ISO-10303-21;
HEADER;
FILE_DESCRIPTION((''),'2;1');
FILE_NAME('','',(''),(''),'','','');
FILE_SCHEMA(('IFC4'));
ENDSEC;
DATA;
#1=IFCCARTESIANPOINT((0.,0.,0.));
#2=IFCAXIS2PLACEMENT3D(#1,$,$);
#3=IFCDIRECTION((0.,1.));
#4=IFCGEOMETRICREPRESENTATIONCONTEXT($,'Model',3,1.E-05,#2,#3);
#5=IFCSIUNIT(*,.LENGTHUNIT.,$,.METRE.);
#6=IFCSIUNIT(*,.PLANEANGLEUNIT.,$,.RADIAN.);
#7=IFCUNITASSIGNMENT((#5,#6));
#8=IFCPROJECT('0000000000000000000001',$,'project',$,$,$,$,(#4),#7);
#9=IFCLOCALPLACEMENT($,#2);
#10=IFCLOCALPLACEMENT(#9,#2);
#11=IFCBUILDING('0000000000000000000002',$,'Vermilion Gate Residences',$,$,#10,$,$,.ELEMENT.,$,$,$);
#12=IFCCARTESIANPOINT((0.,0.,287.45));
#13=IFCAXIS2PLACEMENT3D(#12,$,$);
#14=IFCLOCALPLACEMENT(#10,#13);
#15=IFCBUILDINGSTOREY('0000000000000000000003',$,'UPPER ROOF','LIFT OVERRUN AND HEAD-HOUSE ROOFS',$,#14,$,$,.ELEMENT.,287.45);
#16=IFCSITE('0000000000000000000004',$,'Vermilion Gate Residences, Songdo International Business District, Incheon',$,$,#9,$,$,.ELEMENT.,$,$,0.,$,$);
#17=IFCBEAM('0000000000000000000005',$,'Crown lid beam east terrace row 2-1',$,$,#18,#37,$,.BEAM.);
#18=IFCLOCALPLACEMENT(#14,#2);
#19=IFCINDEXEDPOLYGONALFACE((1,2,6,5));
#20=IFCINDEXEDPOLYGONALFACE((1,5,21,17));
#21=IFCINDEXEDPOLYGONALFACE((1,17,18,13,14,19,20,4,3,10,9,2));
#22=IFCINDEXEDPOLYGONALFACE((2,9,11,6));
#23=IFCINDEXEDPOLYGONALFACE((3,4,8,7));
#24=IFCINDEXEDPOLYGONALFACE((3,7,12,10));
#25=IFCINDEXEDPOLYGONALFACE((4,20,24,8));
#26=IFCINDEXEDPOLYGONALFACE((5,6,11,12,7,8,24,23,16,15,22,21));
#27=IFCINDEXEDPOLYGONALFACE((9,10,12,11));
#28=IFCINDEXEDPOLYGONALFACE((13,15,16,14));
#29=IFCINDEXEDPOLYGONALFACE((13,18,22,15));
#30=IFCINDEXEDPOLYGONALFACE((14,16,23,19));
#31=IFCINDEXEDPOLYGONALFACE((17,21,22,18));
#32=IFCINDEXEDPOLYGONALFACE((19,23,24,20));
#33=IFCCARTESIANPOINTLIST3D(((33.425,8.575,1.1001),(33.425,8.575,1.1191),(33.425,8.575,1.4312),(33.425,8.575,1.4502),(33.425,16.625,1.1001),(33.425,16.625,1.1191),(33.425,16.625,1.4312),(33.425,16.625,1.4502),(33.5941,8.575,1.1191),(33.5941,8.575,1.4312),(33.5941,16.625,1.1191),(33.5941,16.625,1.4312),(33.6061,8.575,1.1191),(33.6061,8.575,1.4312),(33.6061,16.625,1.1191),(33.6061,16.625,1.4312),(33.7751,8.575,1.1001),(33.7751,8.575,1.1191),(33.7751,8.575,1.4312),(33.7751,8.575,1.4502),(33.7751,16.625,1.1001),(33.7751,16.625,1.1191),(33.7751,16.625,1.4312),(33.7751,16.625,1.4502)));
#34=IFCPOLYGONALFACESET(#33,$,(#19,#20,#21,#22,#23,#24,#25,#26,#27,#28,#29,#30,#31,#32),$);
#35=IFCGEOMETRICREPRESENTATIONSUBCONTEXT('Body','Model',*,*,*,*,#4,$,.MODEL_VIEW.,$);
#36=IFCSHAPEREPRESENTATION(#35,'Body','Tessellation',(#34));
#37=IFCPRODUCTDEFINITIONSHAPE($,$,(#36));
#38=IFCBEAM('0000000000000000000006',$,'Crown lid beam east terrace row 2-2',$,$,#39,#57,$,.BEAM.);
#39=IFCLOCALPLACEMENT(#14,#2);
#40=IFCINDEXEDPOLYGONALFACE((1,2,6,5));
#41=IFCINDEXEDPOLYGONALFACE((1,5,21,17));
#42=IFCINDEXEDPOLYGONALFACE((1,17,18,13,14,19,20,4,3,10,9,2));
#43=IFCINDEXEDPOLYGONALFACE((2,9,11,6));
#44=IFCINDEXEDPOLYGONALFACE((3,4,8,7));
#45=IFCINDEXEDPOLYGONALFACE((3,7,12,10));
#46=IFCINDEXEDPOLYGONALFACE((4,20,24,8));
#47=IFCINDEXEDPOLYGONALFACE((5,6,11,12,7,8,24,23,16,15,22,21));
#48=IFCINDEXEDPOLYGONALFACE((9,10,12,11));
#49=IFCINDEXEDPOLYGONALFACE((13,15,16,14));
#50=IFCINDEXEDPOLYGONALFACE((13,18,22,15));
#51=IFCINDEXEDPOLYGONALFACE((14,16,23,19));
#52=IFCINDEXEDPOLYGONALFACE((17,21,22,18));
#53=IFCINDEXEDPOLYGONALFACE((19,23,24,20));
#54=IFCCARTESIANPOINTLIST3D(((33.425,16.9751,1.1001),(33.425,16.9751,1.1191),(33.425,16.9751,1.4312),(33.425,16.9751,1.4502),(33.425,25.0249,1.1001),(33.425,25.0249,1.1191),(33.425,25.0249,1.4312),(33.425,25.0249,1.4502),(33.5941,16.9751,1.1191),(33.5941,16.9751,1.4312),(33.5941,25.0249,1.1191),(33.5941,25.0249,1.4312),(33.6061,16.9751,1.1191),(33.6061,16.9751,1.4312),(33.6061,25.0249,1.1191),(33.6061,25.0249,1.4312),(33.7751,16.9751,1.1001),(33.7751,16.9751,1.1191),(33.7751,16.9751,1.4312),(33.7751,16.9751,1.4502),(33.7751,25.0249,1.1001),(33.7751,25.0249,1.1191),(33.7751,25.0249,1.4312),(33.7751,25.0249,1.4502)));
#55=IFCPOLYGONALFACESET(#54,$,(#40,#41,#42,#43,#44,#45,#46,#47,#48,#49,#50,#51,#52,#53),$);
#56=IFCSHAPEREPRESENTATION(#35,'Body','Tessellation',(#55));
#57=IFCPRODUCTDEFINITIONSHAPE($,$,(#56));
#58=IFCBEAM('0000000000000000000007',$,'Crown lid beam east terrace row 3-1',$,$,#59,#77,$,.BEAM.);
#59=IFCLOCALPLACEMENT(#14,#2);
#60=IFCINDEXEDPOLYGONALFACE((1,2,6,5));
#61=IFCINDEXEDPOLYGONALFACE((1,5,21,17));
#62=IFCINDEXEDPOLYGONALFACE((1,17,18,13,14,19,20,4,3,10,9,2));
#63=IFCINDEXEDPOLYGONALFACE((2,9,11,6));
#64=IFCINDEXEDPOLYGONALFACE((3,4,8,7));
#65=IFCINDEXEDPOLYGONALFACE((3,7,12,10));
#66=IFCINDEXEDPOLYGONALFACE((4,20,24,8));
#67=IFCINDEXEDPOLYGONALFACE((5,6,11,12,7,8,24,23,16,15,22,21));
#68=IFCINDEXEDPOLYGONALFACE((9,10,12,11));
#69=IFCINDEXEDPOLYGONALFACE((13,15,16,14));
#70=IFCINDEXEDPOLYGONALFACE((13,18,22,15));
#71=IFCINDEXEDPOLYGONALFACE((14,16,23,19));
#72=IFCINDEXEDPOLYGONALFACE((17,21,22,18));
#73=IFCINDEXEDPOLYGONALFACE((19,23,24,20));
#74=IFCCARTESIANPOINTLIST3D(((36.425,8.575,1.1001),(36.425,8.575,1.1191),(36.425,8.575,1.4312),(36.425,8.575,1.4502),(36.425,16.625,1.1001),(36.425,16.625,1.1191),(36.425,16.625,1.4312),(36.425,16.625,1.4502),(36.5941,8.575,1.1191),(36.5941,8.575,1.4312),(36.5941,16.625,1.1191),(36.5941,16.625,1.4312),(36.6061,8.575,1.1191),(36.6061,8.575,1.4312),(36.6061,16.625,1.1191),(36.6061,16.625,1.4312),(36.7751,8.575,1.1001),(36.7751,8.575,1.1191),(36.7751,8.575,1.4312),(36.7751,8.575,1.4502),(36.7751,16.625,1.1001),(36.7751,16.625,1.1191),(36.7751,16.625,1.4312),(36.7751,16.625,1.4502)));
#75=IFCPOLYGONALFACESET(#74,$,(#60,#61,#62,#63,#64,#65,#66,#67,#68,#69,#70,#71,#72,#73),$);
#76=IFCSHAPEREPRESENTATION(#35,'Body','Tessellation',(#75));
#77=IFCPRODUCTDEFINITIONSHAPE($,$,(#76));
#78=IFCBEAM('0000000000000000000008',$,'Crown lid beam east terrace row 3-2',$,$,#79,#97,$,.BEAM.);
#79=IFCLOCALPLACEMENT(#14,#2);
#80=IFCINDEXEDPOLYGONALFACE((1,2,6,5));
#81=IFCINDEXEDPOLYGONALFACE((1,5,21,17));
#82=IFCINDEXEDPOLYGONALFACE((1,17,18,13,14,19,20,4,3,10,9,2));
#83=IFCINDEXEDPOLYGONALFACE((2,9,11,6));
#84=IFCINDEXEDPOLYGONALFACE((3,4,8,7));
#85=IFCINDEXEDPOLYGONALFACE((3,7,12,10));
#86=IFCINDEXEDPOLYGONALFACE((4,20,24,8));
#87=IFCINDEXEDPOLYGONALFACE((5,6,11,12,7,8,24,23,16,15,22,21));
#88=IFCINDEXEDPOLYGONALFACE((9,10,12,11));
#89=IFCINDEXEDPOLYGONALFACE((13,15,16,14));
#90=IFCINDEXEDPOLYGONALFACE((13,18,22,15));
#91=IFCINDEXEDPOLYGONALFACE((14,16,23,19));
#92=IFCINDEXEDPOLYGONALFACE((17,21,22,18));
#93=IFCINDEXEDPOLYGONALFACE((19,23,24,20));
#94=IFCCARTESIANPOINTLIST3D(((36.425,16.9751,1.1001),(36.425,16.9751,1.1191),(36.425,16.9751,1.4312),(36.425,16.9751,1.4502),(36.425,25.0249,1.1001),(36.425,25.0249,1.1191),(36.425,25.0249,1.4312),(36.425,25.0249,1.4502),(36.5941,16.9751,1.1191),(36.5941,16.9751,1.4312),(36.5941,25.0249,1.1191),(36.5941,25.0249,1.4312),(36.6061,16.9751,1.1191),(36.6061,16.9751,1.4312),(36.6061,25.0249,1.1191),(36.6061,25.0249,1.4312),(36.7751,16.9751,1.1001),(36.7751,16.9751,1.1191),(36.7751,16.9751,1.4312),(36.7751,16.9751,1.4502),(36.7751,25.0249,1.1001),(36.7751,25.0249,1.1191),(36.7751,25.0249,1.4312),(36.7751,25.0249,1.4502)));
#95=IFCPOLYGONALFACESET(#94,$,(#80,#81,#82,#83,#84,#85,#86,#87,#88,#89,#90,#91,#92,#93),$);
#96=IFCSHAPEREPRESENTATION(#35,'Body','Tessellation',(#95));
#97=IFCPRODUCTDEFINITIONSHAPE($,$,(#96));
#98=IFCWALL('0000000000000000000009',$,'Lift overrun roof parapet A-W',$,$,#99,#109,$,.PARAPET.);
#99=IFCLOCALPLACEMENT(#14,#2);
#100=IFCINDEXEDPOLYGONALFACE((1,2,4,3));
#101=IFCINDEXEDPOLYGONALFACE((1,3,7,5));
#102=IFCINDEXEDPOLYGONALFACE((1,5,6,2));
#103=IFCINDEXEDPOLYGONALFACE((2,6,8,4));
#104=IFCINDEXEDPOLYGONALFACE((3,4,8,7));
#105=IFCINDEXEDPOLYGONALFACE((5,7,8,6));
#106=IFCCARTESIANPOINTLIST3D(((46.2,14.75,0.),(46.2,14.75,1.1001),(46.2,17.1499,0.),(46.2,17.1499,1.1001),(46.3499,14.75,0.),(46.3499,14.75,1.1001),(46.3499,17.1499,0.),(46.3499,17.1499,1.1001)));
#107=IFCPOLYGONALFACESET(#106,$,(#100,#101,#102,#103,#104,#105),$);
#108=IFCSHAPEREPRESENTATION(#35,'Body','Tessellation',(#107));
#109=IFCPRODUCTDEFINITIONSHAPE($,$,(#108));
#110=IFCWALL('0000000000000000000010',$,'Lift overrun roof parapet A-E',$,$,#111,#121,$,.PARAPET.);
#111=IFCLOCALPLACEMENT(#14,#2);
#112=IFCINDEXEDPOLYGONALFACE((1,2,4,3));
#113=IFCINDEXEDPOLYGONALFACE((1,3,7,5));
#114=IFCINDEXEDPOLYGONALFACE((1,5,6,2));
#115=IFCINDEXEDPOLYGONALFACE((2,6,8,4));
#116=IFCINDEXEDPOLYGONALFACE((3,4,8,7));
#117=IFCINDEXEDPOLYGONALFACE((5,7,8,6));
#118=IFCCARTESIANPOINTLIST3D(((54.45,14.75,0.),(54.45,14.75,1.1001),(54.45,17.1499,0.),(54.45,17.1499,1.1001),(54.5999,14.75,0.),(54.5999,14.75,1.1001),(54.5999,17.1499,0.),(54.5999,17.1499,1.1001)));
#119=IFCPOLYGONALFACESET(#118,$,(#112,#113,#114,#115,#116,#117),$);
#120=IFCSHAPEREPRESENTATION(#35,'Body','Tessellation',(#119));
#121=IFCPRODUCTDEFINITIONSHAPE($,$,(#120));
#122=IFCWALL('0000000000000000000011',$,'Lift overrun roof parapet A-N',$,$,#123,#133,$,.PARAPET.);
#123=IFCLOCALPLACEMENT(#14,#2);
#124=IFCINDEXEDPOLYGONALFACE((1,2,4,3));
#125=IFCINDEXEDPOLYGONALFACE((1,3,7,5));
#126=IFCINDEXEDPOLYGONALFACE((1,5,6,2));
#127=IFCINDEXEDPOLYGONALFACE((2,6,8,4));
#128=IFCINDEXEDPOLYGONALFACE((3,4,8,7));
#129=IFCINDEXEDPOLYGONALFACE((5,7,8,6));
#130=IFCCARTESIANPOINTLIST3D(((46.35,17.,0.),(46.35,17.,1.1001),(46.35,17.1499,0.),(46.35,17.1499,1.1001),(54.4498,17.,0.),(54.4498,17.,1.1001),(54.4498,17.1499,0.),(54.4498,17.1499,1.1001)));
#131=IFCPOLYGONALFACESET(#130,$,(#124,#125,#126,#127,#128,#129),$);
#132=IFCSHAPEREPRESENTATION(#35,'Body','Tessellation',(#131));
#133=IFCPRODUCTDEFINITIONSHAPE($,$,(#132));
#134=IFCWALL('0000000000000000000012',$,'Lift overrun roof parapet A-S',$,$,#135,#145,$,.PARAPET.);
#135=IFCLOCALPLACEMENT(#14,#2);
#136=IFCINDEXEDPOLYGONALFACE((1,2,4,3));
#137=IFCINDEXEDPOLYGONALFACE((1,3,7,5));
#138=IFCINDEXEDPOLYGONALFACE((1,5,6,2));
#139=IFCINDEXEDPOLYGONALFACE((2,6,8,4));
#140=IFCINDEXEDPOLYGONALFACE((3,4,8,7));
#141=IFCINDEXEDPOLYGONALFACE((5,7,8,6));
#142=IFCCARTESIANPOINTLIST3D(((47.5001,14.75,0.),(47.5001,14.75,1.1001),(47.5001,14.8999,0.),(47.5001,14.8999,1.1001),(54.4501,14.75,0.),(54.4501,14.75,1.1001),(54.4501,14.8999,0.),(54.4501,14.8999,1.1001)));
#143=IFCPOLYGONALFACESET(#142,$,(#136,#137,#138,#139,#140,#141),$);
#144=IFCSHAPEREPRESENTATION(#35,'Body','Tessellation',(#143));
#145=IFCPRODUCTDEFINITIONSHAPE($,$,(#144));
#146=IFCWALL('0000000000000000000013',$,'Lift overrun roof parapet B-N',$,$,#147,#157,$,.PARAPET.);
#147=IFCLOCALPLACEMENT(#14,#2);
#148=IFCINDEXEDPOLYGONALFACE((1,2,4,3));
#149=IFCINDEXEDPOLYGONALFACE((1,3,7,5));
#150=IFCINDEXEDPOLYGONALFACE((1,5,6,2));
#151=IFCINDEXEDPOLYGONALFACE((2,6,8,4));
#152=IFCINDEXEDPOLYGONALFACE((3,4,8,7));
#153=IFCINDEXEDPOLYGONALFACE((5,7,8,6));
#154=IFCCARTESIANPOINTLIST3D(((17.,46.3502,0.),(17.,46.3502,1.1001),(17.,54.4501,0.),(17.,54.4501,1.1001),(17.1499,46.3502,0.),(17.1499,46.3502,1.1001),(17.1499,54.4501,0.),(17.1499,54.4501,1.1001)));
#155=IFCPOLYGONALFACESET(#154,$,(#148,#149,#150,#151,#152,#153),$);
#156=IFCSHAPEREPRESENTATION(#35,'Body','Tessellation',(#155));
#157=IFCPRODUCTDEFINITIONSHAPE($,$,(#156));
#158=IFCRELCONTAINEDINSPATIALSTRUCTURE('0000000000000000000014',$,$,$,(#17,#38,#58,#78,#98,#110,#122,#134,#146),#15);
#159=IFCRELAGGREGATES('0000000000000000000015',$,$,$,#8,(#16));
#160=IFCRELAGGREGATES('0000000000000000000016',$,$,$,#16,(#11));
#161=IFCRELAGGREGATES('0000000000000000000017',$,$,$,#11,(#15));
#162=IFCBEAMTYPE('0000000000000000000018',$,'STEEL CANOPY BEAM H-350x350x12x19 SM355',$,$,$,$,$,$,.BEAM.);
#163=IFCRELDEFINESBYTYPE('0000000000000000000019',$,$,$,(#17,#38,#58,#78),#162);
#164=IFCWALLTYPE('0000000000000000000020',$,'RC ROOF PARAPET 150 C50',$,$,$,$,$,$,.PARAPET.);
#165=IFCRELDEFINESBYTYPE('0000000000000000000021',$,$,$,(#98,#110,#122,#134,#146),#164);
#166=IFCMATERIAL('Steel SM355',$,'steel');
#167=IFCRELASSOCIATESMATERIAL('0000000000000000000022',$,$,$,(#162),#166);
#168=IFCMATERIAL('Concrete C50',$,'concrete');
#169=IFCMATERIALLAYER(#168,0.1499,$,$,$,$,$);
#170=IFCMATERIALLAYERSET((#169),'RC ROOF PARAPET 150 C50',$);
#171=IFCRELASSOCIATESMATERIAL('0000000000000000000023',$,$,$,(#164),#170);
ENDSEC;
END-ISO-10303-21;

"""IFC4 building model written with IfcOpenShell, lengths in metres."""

from ifc_helpers import new_model, si_unit, direction, frame, frame_2d, origin, origin_2d, place, context, subcontext, project, spatial, rectangle, i_section, extrude, material, layer, layer_set, material_profile, profile_set, type_object, element, save


model = new_model("IFC4")

# Units and contexts
model_context = context("Model", 3, precision=1e-05, world=origin(), true_north=direction((0.0, 1.0)))
body_context = subcontext(model_context, "Body", "Model", "MODEL_VIEW")
ifc_project = project(units=[si_unit("LENGTHUNIT", "METRE"), si_unit("PLANEANGLEUNIT", "RADIAN")], contexts=[model_context])

# Site, building, storey
site_placement = place(None, origin())
site = spatial("IfcSite", under=ifc_project, at=site_placement, Name="Vermilion Gate Residences, Songdo International Business District, Incheon", CompositionType="ELEMENT", RefElevation=0.0)
building_placement = place(site_placement, origin())
building = spatial("IfcBuilding", under=site, at=building_placement, Name="Vermilion Gate Residences", CompositionType="ELEMENT")
storey_placement = place(building_placement, frame((0.0, 0.0, 287.45)))
storey = spatial("IfcBuildingStorey", under=building, at=storey_placement, Name="UPPER ROOF", Description="LIFT OVERRUN AND HEAD-HOUSE ROOFS", CompositionType="ELEMENT", Elevation=287.45)

# Beams
ifc_material_1 = material(Name="Steel SM355", Category="steel")
ifc_material_profile = material_profile(ifc_material_1, i_section(OverallWidth=0.3501, OverallDepth=0.3501, WebThickness=0.012, FlangeThickness=0.019, at=origin_2d()), Name="H-350x350x12x19")
ifc_profile_set = profile_set([ifc_material_profile], Name="Steel SM355")
beam_type = type_object("IfcBeamType", Name="STEEL CANOPY BEAM H-350x350x12x19 SM355", PredefinedType="BEAM", material=ifc_profile_set)
beam_1_placement = place(storey_placement, frame((33.6001, 8.575, 1.2751), z_axis=(0.0, 1.0, 0.0), x_axis=(-1.0, 0.0, 0.0)))
element("IfcBeam", 1, at=beam_1_placement, inside=storey, type_object=beam_type, Name="Crown lid beam east terrace row 2-1", PredefinedType="BEAM", context=body_context, shape_type="SweptSolid", body=[
    extrude(i_section(OverallWidth=0.3501, OverallDepth=0.3501, WebThickness=0.012, FlangeThickness=0.019, at=origin_2d()), origin(), (0.0, 0.0, 1.0), 8.05),
])
beam_2_placement = place(storey_placement, frame((33.6001, 16.9751, 1.2751), z_axis=(0.0, 1.0, 0.0), x_axis=(-1.0, 0.0, 0.0)))
element("IfcBeam", 2, at=beam_2_placement, inside=storey, type_object=beam_type, Name="Crown lid beam east terrace row 2-2", PredefinedType="BEAM", context=body_context, shape_type="SweptSolid", body=[
    extrude(i_section(OverallWidth=0.3501, OverallDepth=0.3501, WebThickness=0.012, FlangeThickness=0.019, at=origin_2d()), origin(), (0.0, 0.0, 1.0), 8.0498),
])
beam_3_placement = place(storey_placement, frame((36.6001, 8.575, 1.2751), z_axis=(0.0, 1.0, 0.0), x_axis=(-1.0, 0.0, 0.0)))
element("IfcBeam", 3, at=beam_3_placement, inside=storey, type_object=beam_type, Name="Crown lid beam east terrace row 3-1", PredefinedType="BEAM", context=body_context, shape_type="SweptSolid", body=[
    extrude(i_section(OverallWidth=0.3501, OverallDepth=0.3501, WebThickness=0.012, FlangeThickness=0.019, at=origin_2d()), origin(), (0.0, 0.0, 1.0), 8.05),
])
beam_4_placement = place(storey_placement, frame((36.6001, 16.9751, 1.2751), z_axis=(0.0, 1.0, 0.0), x_axis=(-1.0, 0.0, 0.0)))
element("IfcBeam", 4, at=beam_4_placement, inside=storey, type_object=beam_type, Name="Crown lid beam east terrace row 3-2", PredefinedType="BEAM", context=body_context, shape_type="SweptSolid", body=[
    extrude(i_section(OverallWidth=0.3501, OverallDepth=0.3501, WebThickness=0.012, FlangeThickness=0.019, at=origin_2d()), origin(), (0.0, 0.0, 1.0), 8.0498),
])

# Walls
ifc_material_2 = material(Name="Concrete C50", Category="concrete")
ifc_layer = layer(ifc_material_2, 0.1499)
ifc_layer_set = layer_set([ifc_layer], Name="RC ROOF PARAPET 150 C50")
wall_type = type_object("IfcWallType", Name="RC ROOF PARAPET 150 C50", PredefinedType="PARAPET", material=ifc_layer_set)
for number, where, z_axis, x_axis, name in (
    (5, (46.2749, 14.75, 0.0), (0.0, 0.0, 1.0), (0.0, 1.0, 0.0), "Lift overrun roof parapet A-W"),
    (6, (54.5249, 14.75, 0.0), (0.0, 0.0, 1.0), (0.0, 1.0, 0.0), "Lift overrun roof parapet A-E"),
):
    element("IfcWall", number, at=place(storey_placement, frame(where, z_axis=z_axis, x_axis=x_axis)), inside=storey, type_object=wall_type, Name=name, PredefinedType="PARAPET", context=body_context, shape_type="SweptSolid", body=[
        extrude(rectangle(XDim=2.3999, YDim=0.1499, at=frame_2d((1.2, 0.0))), origin(), (0.0, 0.0, 1.0), 1.1001),
    ])
wall_1_placement = place(storey_placement, frame((46.3501, 17.075, 0.0), z_axis=(0.0, 0.0, 1.0), x_axis=(1.0, 0.0, 0.0)))
element("IfcWall", 7, at=wall_1_placement, inside=storey, type_object=wall_type, Name="Lift overrun roof parapet A-N", PredefinedType="PARAPET", context=body_context, shape_type="SweptSolid", body=[
    extrude(rectangle(XDim=8.0999, YDim=0.1499, at=frame_2d((4.0498, 0.0))), origin(), (0.0, 0.0, 1.0), 1.1001),
])
wall_2_placement = place(storey_placement, frame((47.5, 14.825, 0.0), z_axis=(0.0, 0.0, 1.0), x_axis=(1.0, 0.0, 0.0)))
element("IfcWall", 8, at=wall_2_placement, inside=storey, type_object=wall_type, Name="Lift overrun roof parapet A-S", PredefinedType="PARAPET", context=body_context, shape_type="SweptSolid", body=[
    extrude(rectangle(XDim=6.95, YDim=0.1499, at=frame_2d((3.4751, 0.0))), origin(), (0.0, 0.0, 1.0), 1.1001),
])
wall_3_placement = place(storey_placement, frame((17.075, 54.45, 0.0), z_axis=(0.0, 0.0, 1.0), x_axis=(0.0, -1.0, 0.0)))
element("IfcWall", 9, at=wall_3_placement, inside=storey, type_object=wall_type, Name="Lift overrun roof parapet B-N", PredefinedType="PARAPET", context=body_context, shape_type="SweptSolid", body=[
    extrude(rectangle(XDim=8.0999, YDim=0.1499, at=frame_2d((4.0498, 0.0))), origin(), (0.0, 0.0, 1.0), 1.1001),
])

save(model, "model.ifc")
